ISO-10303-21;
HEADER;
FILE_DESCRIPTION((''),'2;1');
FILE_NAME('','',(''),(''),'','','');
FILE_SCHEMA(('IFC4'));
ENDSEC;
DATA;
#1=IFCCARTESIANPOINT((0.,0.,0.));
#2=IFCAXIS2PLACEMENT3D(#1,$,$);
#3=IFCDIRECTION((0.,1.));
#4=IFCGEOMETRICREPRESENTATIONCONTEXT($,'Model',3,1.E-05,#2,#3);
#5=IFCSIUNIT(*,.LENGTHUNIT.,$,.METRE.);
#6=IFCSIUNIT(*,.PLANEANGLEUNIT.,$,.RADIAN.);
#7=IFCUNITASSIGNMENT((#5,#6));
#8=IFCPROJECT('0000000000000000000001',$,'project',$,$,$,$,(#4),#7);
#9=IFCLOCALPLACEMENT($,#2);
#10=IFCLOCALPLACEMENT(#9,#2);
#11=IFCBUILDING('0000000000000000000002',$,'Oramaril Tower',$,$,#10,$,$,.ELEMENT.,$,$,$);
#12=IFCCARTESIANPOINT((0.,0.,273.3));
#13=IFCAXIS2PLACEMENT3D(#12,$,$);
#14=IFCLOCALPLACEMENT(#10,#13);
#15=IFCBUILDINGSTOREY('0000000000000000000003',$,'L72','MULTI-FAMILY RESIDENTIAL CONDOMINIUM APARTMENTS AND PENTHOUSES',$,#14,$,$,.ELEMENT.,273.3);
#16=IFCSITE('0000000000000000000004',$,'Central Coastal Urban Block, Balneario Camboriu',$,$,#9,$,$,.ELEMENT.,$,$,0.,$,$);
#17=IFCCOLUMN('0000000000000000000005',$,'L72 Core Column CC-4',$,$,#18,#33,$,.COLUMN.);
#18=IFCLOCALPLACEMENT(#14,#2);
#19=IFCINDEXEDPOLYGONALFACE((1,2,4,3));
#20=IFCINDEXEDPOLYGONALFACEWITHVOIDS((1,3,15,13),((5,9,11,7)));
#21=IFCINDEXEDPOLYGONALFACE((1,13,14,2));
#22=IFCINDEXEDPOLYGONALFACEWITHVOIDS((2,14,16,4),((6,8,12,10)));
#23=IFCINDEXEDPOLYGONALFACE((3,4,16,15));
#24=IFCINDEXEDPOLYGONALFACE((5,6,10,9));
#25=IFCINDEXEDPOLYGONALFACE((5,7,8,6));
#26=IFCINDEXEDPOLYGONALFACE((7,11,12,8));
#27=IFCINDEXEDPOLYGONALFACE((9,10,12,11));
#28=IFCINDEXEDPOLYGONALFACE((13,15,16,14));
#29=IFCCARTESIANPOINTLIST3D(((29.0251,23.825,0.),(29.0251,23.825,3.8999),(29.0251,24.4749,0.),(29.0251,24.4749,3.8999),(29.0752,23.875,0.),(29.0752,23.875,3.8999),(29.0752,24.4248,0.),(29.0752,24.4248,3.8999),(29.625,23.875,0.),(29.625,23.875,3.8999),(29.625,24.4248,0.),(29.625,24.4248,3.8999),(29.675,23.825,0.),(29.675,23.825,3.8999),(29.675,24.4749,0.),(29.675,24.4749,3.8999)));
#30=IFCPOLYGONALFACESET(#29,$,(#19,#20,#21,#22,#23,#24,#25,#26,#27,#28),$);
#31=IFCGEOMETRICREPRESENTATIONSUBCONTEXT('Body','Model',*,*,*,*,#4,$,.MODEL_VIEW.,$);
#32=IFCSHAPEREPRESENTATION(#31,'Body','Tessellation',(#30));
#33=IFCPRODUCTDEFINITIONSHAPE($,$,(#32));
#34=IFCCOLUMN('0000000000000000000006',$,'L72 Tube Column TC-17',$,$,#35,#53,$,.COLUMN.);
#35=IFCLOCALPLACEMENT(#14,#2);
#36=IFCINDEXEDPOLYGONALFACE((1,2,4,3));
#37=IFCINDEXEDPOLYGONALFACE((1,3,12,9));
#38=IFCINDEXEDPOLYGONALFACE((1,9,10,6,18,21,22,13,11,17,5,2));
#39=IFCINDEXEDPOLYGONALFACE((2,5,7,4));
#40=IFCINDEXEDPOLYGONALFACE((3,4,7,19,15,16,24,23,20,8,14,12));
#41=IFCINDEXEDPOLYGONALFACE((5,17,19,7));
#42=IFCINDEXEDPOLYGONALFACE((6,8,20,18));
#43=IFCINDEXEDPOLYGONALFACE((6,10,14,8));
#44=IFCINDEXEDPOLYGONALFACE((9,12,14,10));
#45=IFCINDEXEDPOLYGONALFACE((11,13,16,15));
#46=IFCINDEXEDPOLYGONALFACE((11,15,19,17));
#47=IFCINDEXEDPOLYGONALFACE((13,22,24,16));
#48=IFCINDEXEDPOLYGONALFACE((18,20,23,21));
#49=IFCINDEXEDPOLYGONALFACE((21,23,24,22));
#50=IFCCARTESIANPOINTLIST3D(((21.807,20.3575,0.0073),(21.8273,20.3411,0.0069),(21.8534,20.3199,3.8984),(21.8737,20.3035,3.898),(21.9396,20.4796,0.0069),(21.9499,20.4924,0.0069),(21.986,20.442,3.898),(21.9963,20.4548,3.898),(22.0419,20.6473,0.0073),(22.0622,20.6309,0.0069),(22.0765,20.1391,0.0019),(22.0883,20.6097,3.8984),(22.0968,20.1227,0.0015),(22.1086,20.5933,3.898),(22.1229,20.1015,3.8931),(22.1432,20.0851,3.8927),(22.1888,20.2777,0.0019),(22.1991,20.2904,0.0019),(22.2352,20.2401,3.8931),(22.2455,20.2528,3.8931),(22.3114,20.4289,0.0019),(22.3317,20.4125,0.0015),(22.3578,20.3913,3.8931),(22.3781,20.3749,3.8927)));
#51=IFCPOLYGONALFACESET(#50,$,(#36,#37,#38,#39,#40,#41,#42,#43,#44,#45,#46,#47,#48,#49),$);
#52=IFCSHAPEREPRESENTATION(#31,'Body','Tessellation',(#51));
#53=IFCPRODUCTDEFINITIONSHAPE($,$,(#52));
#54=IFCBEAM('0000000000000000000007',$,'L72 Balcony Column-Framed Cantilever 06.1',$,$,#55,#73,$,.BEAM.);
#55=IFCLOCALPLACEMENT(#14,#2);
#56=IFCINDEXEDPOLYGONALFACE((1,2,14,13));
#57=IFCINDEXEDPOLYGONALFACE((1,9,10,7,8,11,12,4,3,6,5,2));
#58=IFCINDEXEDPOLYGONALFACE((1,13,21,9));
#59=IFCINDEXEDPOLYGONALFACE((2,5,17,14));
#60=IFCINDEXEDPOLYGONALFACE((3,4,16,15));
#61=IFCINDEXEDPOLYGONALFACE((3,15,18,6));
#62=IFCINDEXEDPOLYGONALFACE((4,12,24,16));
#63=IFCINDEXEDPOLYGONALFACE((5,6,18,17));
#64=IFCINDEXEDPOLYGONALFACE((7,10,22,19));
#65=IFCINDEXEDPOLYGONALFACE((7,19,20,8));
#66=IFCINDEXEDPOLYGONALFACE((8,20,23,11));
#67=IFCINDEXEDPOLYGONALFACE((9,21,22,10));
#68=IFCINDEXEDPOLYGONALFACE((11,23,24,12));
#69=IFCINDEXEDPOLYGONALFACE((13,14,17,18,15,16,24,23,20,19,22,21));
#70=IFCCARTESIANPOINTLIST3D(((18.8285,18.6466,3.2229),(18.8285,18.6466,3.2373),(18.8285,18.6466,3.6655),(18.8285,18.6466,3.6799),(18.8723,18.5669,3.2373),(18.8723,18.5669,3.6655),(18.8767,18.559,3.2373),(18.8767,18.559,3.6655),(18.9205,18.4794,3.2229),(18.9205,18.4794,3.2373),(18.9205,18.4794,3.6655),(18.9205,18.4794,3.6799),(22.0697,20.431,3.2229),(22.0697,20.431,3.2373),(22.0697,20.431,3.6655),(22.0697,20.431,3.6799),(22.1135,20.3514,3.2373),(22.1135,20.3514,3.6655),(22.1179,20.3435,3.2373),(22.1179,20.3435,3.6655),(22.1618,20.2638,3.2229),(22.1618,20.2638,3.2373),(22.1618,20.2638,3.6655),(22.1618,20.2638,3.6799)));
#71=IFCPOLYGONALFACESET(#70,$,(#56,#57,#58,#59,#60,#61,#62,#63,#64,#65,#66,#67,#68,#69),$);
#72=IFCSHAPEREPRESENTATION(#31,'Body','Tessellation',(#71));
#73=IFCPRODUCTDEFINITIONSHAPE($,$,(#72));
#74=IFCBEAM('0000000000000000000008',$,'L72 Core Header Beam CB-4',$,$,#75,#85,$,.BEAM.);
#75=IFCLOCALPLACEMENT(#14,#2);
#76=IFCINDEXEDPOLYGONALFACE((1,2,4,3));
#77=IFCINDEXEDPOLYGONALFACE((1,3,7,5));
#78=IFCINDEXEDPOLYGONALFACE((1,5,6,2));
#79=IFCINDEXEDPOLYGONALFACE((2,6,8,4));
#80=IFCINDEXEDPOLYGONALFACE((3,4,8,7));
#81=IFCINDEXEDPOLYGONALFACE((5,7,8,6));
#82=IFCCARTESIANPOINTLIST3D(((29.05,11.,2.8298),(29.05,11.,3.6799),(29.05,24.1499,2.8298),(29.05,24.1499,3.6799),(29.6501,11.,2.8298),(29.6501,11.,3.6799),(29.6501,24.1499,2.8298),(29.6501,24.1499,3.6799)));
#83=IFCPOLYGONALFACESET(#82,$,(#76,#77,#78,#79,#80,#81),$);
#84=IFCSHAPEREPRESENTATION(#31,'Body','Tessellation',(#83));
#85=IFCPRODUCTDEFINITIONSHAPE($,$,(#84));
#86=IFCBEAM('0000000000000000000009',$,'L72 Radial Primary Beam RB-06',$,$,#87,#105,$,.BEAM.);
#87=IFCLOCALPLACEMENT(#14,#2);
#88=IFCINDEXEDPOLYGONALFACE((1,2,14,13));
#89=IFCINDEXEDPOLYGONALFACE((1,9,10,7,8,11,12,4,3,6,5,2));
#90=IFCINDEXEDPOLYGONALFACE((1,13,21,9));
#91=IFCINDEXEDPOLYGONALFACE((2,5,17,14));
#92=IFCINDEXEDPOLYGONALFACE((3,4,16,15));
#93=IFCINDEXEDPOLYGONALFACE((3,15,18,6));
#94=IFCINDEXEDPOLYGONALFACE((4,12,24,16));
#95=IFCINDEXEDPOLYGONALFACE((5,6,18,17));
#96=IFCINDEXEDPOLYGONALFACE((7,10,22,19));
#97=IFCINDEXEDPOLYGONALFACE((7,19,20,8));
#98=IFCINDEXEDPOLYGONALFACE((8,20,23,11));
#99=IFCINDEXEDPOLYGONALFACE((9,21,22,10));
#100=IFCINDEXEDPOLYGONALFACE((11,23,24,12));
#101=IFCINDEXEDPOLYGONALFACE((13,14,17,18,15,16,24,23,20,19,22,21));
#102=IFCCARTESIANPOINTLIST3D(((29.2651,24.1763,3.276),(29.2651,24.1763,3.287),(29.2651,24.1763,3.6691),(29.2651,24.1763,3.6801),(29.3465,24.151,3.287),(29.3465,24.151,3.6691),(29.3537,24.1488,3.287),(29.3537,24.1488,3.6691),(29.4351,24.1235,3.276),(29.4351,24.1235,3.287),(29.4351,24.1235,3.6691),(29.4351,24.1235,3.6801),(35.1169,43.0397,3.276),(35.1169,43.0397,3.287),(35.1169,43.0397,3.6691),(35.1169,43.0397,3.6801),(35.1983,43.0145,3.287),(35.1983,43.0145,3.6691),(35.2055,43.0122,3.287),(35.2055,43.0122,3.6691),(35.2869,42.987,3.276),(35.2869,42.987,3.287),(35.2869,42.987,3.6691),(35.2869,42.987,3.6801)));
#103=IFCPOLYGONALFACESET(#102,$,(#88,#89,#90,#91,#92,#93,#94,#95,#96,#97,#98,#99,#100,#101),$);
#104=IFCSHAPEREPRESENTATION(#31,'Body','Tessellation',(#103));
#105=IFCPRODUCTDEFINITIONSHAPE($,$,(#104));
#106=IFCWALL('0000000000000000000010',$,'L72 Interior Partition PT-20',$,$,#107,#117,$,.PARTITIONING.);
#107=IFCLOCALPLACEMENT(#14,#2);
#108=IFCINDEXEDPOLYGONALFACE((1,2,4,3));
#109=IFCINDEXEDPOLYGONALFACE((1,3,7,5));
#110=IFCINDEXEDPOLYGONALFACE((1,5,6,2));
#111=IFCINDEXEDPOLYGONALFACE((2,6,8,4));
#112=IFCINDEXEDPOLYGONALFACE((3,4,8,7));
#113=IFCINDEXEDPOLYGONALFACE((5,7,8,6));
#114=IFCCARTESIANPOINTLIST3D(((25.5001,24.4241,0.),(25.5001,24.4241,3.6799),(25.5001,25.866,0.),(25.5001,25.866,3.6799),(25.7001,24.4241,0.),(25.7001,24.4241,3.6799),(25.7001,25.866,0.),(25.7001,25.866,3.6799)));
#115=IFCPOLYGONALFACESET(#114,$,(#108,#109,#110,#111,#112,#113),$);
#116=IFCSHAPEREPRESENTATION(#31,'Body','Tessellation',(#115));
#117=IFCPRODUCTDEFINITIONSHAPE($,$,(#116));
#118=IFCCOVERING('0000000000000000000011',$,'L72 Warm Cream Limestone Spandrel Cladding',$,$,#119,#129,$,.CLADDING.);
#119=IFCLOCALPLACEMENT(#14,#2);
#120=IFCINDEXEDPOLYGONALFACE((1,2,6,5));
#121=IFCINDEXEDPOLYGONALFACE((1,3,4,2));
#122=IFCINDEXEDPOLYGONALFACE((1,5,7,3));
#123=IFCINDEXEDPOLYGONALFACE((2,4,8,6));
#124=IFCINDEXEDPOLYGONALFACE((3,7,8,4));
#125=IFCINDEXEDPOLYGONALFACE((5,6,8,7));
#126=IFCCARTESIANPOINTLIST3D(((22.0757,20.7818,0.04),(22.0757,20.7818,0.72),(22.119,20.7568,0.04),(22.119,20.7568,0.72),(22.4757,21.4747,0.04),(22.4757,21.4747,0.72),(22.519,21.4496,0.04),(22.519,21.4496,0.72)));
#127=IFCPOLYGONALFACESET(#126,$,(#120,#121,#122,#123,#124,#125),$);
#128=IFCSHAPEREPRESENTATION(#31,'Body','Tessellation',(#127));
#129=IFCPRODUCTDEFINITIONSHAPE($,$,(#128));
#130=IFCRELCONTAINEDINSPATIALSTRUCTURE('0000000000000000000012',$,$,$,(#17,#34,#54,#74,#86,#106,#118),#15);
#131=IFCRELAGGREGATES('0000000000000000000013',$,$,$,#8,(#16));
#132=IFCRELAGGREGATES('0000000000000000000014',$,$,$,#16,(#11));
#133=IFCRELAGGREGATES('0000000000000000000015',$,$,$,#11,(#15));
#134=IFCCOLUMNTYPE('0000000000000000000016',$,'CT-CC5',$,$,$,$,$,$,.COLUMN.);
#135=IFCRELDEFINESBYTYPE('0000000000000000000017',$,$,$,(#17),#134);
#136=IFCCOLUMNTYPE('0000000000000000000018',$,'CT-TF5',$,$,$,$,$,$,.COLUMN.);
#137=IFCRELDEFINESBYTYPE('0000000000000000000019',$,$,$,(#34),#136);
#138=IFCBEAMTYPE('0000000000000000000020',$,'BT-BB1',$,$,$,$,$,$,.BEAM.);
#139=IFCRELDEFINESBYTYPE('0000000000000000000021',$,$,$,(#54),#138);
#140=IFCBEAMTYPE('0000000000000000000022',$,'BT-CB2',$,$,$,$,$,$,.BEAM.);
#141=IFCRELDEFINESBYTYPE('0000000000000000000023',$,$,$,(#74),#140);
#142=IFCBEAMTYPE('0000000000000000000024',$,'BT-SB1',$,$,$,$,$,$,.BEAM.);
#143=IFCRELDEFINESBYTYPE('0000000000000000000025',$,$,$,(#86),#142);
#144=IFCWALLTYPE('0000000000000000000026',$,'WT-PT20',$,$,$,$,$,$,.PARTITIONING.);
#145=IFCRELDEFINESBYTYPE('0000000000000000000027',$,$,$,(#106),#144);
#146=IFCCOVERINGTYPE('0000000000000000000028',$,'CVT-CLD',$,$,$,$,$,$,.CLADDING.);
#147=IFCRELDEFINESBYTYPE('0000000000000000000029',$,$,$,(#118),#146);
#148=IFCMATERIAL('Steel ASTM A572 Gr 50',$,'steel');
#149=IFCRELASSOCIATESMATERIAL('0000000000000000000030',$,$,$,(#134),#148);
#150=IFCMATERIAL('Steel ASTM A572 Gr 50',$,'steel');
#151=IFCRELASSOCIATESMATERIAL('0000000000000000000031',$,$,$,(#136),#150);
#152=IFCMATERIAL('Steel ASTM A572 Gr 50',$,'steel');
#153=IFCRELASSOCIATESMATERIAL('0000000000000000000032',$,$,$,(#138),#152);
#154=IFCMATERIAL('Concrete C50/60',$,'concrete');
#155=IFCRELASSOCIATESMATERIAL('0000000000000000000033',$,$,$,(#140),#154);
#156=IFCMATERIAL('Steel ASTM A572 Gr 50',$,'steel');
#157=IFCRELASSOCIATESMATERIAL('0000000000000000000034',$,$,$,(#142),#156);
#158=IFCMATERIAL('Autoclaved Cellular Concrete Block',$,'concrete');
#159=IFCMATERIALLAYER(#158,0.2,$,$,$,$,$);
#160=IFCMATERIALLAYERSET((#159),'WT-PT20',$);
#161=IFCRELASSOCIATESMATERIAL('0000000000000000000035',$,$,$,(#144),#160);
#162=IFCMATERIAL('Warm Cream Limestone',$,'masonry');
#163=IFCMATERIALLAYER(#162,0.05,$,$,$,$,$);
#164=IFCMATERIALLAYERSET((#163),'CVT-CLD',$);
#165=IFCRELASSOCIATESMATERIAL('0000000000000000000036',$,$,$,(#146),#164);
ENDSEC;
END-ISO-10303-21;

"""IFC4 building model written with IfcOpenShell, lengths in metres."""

from ifc_helpers import new_model, si_unit, direction, frame, frame_2d, origin, origin_2d, place, context, subcontext, project, spatial, rectangle, hollow_rectangle, i_section, extrude, material, layer, layer_set, material_profile, profile_set, type_object, element, save


model = new_model("IFC4")

# Units and contexts
model_context = context("Model", 3, precision=1e-05, world=origin(), true_north=direction((0.0, 1.0)))
body_context = subcontext(model_context, "Body", "Model", "MODEL_VIEW")
ifc_project = project(units=[si_unit("LENGTHUNIT", "METRE"), si_unit("PLANEANGLEUNIT", "RADIAN")], contexts=[model_context])

# Site, building, storey
site_placement = place(None, origin())
site = spatial("IfcSite", under=ifc_project, at=site_placement, Name="Central Coastal Urban Block, Balneario Camboriu", CompositionType="ELEMENT", RefElevation=0.0)
building_placement = place(site_placement, origin())
building = spatial("IfcBuilding", under=site, at=building_placement, Name="Oramaril Tower", CompositionType="ELEMENT")
storey_placement = place(building_placement, frame((0.0, 0.0, 273.3)))
storey = spatial("IfcBuildingStorey", under=building, at=storey_placement, Name="L72", Description="MULTI-FAMILY RESIDENTIAL CONDOMINIUM APARTMENTS AND PENTHOUSES", CompositionType="ELEMENT", Elevation=273.3)

# Columns
ifc_material_1 = material(Name="Steel ASTM A572 Gr 50", Category="steel")
ifc_material_profile_1 = material_profile(ifc_material_1, hollow_rectangle(XDim=0.6499, YDim=0.6499, WallThickness=0.05, at=origin_2d()), Name="BOX650X650X50")
ifc_profile_set_1 = profile_set([ifc_material_profile_1], Name="Steel ASTM A572 Gr 50")
column_type_1 = type_object("IfcColumnType", Name="CT-CC5", PredefinedType="COLUMN", material=ifc_profile_set_1)
column_1_placement = place(storey_placement, frame((29.3501, 24.1499, 0.0), z_axis=(0.0, 0.0, 1.0), x_axis=(1.0, 0.0, 0.0)))
element("IfcColumn", 1, at=column_1_placement, inside=storey, type_object=column_type_1, Name="L72 Core Column CC-4", PredefinedType="COLUMN", context=body_context, shape_type="SweptSolid", body=[
    extrude(hollow_rectangle(XDim=0.6499, YDim=0.6499, WallThickness=0.05, at=origin_2d()), origin(), (0.0, 0.0, 1.0), 3.8999),
])
ifc_material_2 = material(Name="Steel ASTM A572 Gr 50", Category="steel")
ifc_material_profile_2 = material_profile(ifc_material_2, i_section(OverallWidth=0.373, OverallDepth=0.373, WebThickness=0.0164, FlangeThickness=0.0261, at=origin_2d()), Name="W14X132")
ifc_profile_set_2 = profile_set([ifc_material_profile_2], Name="Steel ASTM A572 Gr 50")
column_type_2 = type_object("IfcColumnType", Name="CT-TF5", PredefinedType="COLUMN", material=ifc_profile_set_2)
column_2_placement = place(storey_placement, frame((22.0693, 20.385, 0.0044), z_axis=(0.01192, -0.009661, 0.999882), x_axis=(0.629669, 0.776864, 0.0)))
element("IfcColumn", 2, at=column_2_placement, inside=storey, type_object=column_type_2, Name="L72 Tube Column TC-17", PredefinedType="COLUMN", context=body_context, shape_type="SweptSolid", body=[
    extrude(i_section(OverallWidth=0.373, OverallDepth=0.373, WebThickness=0.0164, FlangeThickness=0.0261, at=origin_2d()), origin(), (0.0, 0.0, 1.0), 3.8916),
])

# Beams
ifc_material_3 = material(Name="Steel ASTM A572 Gr 50", Category="steel")
ifc_material_profile_3 = material_profile(ifc_material_3, i_section(OverallWidth=0.1909, OverallDepth=0.457, WebThickness=0.009, FlangeThickness=0.0144, at=origin_2d()), Name="W18X50")
ifc_profile_set_3 = profile_set([ifc_material_profile_3], Name="Steel ASTM A572 Gr 50")
beam_type_1 = type_object("IfcBeamType", Name="BT-BB1", PredefinedType="BEAM", material=ifc_profile_set_3)
beam_1_placement = place(storey_placement, frame((22.1157, 20.3474, 3.4514), z_axis=(-0.876015, -0.482283, 0.0), x_axis=(0.482283, -0.876015, 0.0)))
element("IfcBeam", 3, at=beam_1_placement, inside=storey, type_object=beam_type_1, Name="L72 Balcony Column-Framed Cantilever 06.1", PredefinedType="BEAM", context=body_context, shape_type="SweptSolid", body=[
    extrude(i_section(OverallWidth=0.1909, OverallDepth=0.457, WebThickness=0.009, FlangeThickness=0.0144, at=origin_2d()), origin(), (0.0, 0.0, 1.0), 3.7),
])
ifc_material_4 = material(Name="Concrete C50/60", Category="concrete")
ifc_material_profile_4 = material_profile(ifc_material_4, rectangle(XDim=0.6001, YDim=0.8501, at=origin_2d()), Name="CB600X850")
ifc_profile_set_4 = profile_set([ifc_material_profile_4], Name="Concrete C50/60")
beam_type_2 = type_object("IfcBeamType", Name="BT-CB2", PredefinedType="BEAM", material=ifc_profile_set_4)
beam_2_placement = place(storey_placement, frame((29.3501, 24.1499, 3.2549), z_axis=(0.0, -1.0, 0.0), x_axis=(1.0, 0.0, 0.0)))
element("IfcBeam", 4, at=beam_2_placement, inside=storey, type_object=beam_type_2, Name="L72 Core Header Beam CB-4", PredefinedType="BEAM", context=body_context, shape_type="SweptSolid", body=[
    extrude(rectangle(XDim=0.6001, YDim=0.8501, at=origin_2d()), origin(), (0.0, 0.0, 1.0), 13.1499),
])
ifc_material_5 = material(Name="Steel ASTM A572 Gr 50", Category="steel")
ifc_material_profile_5 = material_profile(ifc_material_5, i_section(OverallWidth=0.178, OverallDepth=0.4041, WebThickness=0.0076, FlangeThickness=0.011, at=origin_2d()), Name="W16X36")
ifc_profile_set_5 = profile_set([ifc_material_profile_5], Name="Steel ASTM A572 Gr 50")
beam_type_3 = type_object("IfcBeamType", Name="BT-SB1", PredefinedType="BEAM", material=ifc_profile_set_5)
beam_3_placement = place(storey_placement, frame((29.3501, 24.1499, 3.478), z_axis=(0.296289, 0.955098, 0.0), x_axis=(-0.955098, 0.296289, 0.0)))
element("IfcBeam", 5, at=beam_3_placement, inside=storey, type_object=beam_type_3, Name="L72 Radial Primary Beam RB-06", PredefinedType="BEAM", context=body_context, shape_type="SweptSolid", body=[
    extrude(i_section(OverallWidth=0.178, OverallDepth=0.4041, WebThickness=0.0076, FlangeThickness=0.011, at=origin_2d()), origin(), (0.0, 0.0, 1.0), 19.7502),
])

# Shared definitions
ifc_material_6 = material(Name="Autoclaved Cellular Concrete Block", Category="concrete")
ifc_layer_1 = layer(ifc_material_6, 0.2)
ifc_layer_set_1 = layer_set([ifc_layer_1], Name="WT-PT20")
wall_type_1 = type_object("IfcWallType", Name="WT-PT20", PredefinedType="PARTITIONING", material=ifc_layer_set_1)

# Wall
wall_1_placement = place(storey_placement, frame((25.6001, 24.4241, 0.0), z_axis=(0.0, 0.0, 1.0), x_axis=(0.0, 1.0, 0.0)))
element("IfcWall", 6, at=wall_1_placement, inside=storey, type_object=wall_type_1, Name="L72 Interior Partition PT-20", PredefinedType="PARTITIONING", context=body_context, shape_type="SweptSolid", body=[
    extrude(rectangle(XDim=1.4419, YDim=0.2, at=frame_2d((0.7209, 0.0))), origin(), (0.0, 0.0, 1.0), 3.6799),
])

# Covering
ifc_material_7 = material(Name="Warm Cream Limestone", Category="masonry")
ifc_layer_2 = layer(ifc_material_7, 0.05)
ifc_layer_set_2 = layer_set([ifc_layer_2], Name="CVT-CLD")
covering_type = type_object("IfcCoveringType", Name="CVT-CLD", PredefinedType="CLADDING", material=ifc_layer_set_2)
covering_placement = place(storey_placement, frame((22.2974, 21.1157, 0.04), z_axis=(0.0, 0.0, 1.0), x_axis=(-0.499998, -0.866026, 0.0)))
element("IfcCovering", 7, at=covering_placement, inside=storey, type_object=covering_type, Name="L72 Warm Cream Limestone Spandrel Cladding", PredefinedType="CLADDING", context=body_context, shape_type="SweptSolid", body=[
    extrude(rectangle(XDim=0.8, YDim=0.05, at=origin_2d()), origin(), (0.0, 0.0, 1.0), 0.6799),
])

save(model, "model.ifc")
